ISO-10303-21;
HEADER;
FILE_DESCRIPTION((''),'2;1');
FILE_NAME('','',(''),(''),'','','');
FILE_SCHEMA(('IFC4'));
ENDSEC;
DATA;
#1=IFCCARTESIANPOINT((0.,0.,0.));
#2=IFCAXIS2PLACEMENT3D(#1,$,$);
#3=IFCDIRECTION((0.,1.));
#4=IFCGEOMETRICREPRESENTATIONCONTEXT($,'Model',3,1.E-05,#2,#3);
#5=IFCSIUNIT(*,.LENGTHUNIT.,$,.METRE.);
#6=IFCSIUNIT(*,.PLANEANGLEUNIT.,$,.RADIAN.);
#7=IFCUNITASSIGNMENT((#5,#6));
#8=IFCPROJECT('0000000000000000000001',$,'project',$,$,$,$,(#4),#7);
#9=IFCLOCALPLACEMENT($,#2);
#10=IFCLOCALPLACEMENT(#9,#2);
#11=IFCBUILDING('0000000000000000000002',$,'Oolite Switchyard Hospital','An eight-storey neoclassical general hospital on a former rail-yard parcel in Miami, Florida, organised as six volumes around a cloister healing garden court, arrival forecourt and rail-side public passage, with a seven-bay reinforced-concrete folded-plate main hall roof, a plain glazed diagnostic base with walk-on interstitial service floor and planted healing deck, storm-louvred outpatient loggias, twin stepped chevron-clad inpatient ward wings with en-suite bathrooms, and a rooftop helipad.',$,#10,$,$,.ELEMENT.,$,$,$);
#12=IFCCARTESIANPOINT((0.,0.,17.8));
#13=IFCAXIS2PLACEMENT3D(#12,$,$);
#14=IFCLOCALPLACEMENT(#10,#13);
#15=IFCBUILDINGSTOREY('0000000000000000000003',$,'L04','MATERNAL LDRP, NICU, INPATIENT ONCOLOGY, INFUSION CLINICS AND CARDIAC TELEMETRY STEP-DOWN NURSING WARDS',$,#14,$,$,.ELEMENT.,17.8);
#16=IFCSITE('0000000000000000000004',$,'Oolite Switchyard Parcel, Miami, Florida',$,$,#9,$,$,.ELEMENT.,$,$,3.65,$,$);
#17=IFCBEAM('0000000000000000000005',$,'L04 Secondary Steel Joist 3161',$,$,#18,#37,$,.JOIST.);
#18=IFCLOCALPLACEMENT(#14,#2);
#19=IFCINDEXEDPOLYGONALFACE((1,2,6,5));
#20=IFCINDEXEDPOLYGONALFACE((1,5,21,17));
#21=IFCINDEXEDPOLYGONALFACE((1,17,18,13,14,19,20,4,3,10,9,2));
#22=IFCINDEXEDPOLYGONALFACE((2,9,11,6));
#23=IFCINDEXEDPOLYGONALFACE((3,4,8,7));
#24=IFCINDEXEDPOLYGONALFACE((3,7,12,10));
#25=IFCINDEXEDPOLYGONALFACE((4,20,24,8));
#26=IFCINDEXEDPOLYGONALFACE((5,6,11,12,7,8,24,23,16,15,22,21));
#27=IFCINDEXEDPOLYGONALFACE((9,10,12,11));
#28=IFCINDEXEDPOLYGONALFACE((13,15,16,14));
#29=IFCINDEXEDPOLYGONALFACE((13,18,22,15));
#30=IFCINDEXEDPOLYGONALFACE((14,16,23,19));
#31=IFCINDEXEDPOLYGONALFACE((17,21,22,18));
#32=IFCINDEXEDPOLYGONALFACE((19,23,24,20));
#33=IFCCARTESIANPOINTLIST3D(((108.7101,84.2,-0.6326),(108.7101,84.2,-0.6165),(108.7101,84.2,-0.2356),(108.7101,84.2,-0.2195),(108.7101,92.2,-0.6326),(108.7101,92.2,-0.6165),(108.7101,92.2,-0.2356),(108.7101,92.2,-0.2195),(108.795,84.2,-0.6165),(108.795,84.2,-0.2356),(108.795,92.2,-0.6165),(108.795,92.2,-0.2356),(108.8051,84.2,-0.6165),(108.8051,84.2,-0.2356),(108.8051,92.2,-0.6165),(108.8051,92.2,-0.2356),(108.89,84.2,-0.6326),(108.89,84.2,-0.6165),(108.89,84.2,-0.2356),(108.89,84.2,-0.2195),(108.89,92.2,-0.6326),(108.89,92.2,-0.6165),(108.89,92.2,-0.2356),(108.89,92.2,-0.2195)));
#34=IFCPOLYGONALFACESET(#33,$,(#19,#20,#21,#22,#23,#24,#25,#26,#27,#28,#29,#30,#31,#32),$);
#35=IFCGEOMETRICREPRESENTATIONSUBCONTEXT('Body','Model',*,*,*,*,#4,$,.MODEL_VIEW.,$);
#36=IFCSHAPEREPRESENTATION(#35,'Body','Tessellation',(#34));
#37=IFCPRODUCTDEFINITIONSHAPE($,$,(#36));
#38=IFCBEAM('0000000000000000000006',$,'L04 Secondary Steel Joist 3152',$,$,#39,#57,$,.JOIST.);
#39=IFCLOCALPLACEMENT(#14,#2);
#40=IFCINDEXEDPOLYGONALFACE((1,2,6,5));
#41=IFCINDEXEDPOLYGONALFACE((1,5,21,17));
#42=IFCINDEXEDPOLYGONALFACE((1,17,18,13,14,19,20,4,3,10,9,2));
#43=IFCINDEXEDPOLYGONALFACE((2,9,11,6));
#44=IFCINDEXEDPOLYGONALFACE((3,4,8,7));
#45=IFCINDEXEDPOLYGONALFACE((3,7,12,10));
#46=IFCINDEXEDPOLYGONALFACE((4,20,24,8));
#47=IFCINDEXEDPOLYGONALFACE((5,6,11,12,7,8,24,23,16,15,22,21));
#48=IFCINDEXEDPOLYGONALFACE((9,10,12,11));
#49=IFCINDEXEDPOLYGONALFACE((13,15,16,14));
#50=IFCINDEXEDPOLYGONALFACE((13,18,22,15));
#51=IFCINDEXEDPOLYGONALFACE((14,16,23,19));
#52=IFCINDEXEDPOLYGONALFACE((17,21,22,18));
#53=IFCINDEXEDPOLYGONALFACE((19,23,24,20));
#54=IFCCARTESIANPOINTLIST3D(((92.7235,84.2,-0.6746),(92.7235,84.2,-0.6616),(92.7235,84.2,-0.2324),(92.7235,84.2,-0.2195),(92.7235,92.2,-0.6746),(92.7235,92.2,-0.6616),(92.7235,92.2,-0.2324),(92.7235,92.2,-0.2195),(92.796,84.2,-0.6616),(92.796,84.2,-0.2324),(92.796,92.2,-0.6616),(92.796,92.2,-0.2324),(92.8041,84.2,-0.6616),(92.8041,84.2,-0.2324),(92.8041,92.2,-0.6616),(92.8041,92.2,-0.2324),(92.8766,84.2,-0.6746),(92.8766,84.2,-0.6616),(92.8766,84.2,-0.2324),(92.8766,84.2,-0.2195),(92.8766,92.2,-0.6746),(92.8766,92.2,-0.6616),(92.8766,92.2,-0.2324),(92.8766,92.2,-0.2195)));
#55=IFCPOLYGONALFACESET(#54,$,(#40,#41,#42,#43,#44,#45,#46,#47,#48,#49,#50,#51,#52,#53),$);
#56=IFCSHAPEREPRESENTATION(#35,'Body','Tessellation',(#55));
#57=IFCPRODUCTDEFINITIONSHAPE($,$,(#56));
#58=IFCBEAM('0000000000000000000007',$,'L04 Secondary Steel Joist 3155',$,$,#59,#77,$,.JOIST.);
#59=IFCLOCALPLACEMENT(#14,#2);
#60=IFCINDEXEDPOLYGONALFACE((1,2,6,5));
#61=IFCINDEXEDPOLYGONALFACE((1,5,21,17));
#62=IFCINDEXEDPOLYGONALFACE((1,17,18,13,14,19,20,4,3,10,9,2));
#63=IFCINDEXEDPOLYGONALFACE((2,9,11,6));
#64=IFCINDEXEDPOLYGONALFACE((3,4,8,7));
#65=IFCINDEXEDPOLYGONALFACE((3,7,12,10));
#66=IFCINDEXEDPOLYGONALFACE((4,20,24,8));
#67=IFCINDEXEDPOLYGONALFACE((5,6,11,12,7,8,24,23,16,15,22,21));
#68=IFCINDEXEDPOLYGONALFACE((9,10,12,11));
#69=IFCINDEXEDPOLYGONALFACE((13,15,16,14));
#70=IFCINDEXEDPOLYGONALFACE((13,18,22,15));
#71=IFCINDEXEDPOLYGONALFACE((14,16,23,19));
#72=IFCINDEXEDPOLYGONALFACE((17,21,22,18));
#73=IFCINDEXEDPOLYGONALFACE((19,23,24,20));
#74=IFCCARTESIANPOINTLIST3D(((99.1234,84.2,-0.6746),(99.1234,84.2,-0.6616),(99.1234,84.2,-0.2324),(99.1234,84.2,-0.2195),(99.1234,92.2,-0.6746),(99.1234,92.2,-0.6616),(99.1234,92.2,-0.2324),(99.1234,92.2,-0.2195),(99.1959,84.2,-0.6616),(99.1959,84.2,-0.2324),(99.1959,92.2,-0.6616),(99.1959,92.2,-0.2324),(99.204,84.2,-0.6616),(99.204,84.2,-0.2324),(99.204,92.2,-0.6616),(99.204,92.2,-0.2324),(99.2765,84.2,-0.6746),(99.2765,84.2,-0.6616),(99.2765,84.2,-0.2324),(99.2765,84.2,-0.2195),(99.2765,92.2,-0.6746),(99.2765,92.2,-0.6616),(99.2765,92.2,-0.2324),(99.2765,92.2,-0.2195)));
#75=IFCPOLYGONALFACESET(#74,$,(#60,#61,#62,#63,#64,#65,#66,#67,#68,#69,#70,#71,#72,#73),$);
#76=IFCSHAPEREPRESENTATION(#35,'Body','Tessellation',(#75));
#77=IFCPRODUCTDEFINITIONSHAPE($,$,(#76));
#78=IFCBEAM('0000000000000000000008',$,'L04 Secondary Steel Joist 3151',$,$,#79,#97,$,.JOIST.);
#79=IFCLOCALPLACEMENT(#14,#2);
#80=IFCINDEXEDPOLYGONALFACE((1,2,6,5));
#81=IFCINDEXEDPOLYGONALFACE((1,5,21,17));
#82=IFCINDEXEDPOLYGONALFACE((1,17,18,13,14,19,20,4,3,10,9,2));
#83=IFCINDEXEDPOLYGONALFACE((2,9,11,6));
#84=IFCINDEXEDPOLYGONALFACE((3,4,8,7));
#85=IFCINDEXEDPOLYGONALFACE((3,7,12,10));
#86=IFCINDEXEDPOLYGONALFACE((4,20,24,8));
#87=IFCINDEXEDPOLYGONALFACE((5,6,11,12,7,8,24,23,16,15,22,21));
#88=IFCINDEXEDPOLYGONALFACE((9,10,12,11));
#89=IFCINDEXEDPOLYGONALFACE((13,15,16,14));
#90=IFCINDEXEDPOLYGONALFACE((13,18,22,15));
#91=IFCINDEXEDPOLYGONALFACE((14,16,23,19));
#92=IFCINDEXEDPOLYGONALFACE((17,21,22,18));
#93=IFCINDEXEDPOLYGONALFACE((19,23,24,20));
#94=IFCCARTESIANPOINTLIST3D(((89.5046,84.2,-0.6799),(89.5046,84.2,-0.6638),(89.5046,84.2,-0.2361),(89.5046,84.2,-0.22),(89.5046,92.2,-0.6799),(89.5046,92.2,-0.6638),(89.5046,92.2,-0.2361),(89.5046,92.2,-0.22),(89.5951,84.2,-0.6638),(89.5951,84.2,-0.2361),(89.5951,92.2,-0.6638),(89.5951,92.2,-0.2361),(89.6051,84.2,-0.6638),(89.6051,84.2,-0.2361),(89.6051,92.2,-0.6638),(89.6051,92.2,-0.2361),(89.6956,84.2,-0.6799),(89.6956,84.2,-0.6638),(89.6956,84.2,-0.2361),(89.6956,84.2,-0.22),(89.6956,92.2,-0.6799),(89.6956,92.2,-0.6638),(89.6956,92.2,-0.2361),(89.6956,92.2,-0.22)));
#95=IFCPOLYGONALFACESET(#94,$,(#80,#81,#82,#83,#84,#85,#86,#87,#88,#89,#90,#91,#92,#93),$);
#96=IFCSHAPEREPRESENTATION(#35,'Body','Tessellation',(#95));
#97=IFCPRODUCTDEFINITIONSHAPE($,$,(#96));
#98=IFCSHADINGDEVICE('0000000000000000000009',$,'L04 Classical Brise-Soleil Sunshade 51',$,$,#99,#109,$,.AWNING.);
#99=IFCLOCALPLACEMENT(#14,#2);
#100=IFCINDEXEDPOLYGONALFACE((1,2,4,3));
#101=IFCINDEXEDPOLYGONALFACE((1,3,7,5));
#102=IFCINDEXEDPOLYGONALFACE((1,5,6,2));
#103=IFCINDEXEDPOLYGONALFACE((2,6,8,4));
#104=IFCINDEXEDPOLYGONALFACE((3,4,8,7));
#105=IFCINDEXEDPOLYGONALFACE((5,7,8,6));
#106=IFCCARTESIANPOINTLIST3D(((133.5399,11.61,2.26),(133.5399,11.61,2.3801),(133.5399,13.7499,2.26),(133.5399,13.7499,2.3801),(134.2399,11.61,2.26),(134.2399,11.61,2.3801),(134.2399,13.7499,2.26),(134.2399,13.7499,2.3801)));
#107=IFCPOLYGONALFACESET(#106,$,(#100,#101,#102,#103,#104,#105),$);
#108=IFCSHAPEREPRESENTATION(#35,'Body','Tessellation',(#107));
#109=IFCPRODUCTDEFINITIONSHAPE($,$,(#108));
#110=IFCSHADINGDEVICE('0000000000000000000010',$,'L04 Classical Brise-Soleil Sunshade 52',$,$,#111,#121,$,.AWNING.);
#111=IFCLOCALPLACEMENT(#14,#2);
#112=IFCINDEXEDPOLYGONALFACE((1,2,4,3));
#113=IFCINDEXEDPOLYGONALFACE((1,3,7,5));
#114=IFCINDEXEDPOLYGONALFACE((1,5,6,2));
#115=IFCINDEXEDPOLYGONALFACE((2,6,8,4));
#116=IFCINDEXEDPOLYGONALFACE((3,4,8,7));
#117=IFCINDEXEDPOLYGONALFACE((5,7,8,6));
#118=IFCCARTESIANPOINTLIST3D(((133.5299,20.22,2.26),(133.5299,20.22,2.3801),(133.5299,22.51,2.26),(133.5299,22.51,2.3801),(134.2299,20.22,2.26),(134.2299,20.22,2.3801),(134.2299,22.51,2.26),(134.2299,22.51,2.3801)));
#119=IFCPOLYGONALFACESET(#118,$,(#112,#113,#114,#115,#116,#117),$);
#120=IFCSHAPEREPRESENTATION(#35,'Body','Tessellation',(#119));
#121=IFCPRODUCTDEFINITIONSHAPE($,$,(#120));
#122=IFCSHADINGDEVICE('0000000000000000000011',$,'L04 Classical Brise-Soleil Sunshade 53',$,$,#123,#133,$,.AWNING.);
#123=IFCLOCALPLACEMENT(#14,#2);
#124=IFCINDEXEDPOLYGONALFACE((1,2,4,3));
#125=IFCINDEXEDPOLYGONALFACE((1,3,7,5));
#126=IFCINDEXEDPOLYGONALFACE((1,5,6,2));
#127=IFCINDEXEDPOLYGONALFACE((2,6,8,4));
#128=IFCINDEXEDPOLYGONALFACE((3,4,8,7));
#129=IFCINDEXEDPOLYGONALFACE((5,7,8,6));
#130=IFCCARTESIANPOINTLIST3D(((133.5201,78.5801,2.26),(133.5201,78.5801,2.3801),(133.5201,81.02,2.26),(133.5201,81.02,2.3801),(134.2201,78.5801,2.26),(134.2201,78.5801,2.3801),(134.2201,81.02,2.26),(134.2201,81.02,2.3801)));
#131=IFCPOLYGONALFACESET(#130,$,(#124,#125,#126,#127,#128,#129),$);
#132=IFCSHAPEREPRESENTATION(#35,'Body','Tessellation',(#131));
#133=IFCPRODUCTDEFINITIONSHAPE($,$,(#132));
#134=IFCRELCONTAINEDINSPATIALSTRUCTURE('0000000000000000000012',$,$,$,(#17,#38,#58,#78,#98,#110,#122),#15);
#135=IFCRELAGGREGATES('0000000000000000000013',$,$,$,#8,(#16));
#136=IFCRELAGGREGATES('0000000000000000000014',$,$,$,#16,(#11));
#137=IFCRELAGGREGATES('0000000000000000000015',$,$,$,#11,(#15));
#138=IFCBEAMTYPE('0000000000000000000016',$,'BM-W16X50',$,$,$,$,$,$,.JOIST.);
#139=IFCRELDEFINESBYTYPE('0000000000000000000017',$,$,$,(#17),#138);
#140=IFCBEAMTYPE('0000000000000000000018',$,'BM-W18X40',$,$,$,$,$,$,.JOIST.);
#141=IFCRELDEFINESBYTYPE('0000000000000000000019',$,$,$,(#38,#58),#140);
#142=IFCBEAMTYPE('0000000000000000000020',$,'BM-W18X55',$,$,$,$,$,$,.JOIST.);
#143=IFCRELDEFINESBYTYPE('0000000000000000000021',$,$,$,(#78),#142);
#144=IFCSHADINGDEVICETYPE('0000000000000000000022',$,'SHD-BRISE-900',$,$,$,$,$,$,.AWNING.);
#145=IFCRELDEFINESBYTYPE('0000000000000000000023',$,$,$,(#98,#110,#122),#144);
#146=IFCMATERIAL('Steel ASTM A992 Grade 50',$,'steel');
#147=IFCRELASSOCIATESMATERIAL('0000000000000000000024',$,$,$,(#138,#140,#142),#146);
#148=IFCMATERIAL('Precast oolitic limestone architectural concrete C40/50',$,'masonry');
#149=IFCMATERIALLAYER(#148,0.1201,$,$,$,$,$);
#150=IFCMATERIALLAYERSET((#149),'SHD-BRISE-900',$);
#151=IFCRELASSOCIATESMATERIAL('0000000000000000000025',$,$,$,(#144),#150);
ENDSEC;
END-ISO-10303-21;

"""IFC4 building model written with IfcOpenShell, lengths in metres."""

from ifc_helpers import new_model, si_unit, direction, frame, origin, origin_2d, place, context, subcontext, project, spatial, rectangle, i_section, extrude, material, layer, layer_set, material_profile, profile_set, type_object, element, save


model = new_model("IFC4")

# Units and contexts
model_context = context("Model", 3, precision=1e-05, world=origin(), true_north=direction((0.0, 1.0)))
body_context = subcontext(model_context, "Body", "Model", "MODEL_VIEW")
ifc_project = project(units=[si_unit("LENGTHUNIT", "METRE"), si_unit("PLANEANGLEUNIT", "RADIAN")], contexts=[model_context])

# Site, building, storey
site_placement = place(None, origin())
site = spatial("IfcSite", under=ifc_project, at=site_placement, Name="Oolite Switchyard Parcel, Miami, Florida", CompositionType="ELEMENT", RefElevation=3.65)
building_placement = place(site_placement, origin())
building = spatial("IfcBuilding", under=site, at=building_placement, Name="Oolite Switchyard Hospital", Description="An eight-storey neoclassical general hospital on a former rail-yard parcel in Miami, Florida, organised as six volumes around a cloister healing garden court, arrival forecourt and rail-side public passage, with a seven-bay reinforced-concrete folded-plate main hall roof, a plain glazed diagnostic base with walk-on interstitial service floor and planted healing deck, storm-louvred outpatient loggias, twin stepped chevron-clad inpatient ward wings with en-suite bathrooms, and a rooftop helipad.", CompositionType="ELEMENT")
storey_placement = place(building_placement, frame((0.0, 0.0, 17.8)))
storey = spatial("IfcBuildingStorey", under=building, at=storey_placement, Name="L04", Description="MATERNAL LDRP, NICU, INPATIENT ONCOLOGY, INFUSION CLINICS AND CARDIAC TELEMETRY STEP-DOWN NURSING WARDS", CompositionType="ELEMENT", Elevation=17.8)

# Beams
ifc_material_1 = material(Name="Steel ASTM A992 Grade 50", Category="steel")
ifc_material_profile_1 = material_profile(ifc_material_1, i_section(OverallWidth=0.1799, OverallDepth=0.4131, WebThickness=0.01, FlangeThickness=0.0161, at=origin_2d()), Name="W16X50")
ifc_profile_set_1 = profile_set([ifc_material_profile_1], Name="Steel ASTM A992 Grade 50")
beam_type_1 = type_object("IfcBeamType", Name="BM-W16X50", PredefinedType="JOIST", material=ifc_profile_set_1)
for number, where, z_axis, x_axis, name in (
    (1, (108.8, 84.2, -0.426), (0.0, 1.0, 0.0), (-1.0, 0.0, 0.0), "L04 Secondary Steel Joist 3161"),
):
    element("IfcBeam", number, at=place(storey_placement, frame(where, z_axis=z_axis, x_axis=x_axis)), inside=storey, type_object=beam_type_1, Name=name, PredefinedType="JOIST", context=body_context, shape_type="SweptSolid", body=[
        extrude(i_section(OverallWidth=0.1799, OverallDepth=0.4131, WebThickness=0.01, FlangeThickness=0.0161, at=origin_2d()), origin(), (0.0, 0.0, 1.0), 8.0),
    ])
ifc_material_profile_2 = material_profile(ifc_material_1, i_section(OverallWidth=0.1531, OverallDepth=0.4551, WebThickness=0.0081, FlangeThickness=0.0129, at=origin_2d()), Name="W18X40")
ifc_profile_set_2 = profile_set([ifc_material_profile_2], Name="Steel ASTM A992 Grade 50")
beam_type_2 = type_object("IfcBeamType", Name="BM-W18X40", PredefinedType="JOIST", material=ifc_profile_set_2)
for number, where, z_axis, x_axis, name in (
    (2, (92.8, 84.2, -0.447), (0.0, 1.0, 0.0), (-1.0, 0.0, 0.0), "L04 Secondary Steel Joist 3152"),
    (3, (99.2, 84.2, -0.447), (0.0, 1.0, 0.0), (-1.0, 0.0, 0.0), "L04 Secondary Steel Joist 3155"),
):
    element("IfcBeam", number, at=place(storey_placement, frame(where, z_axis=z_axis, x_axis=x_axis)), inside=storey, type_object=beam_type_2, Name=name, PredefinedType="JOIST", context=body_context, shape_type="SweptSolid", body=[
        extrude(i_section(OverallWidth=0.1531, OverallDepth=0.4551, WebThickness=0.0081, FlangeThickness=0.0129, at=origin_2d()), origin(), (0.0, 0.0, 1.0), 8.0),
    ])
ifc_material_profile_3 = material_profile(ifc_material_1, i_section(OverallWidth=0.1909, OverallDepth=0.46, WebThickness=0.01, FlangeThickness=0.0161, at=origin_2d()), Name="W18X55")
ifc_profile_set_3 = profile_set([ifc_material_profile_3], Name="Steel ASTM A992 Grade 50")
beam_type_3 = type_object("IfcBeamType", Name="BM-W18X55", PredefinedType="JOIST", material=ifc_profile_set_3)
beam_1_placement = place(storey_placement, frame((89.6001, 84.2, -0.45), z_axis=(0.0, 1.0, 0.0), x_axis=(-1.0, 0.0, 0.0)))
element("IfcBeam", 4, at=beam_1_placement, inside=storey, type_object=beam_type_3, Name="L04 Secondary Steel Joist 3151", PredefinedType="JOIST", context=body_context, shape_type="SweptSolid", body=[
    extrude(i_section(OverallWidth=0.1909, OverallDepth=0.46, WebThickness=0.01, FlangeThickness=0.0161, at=origin_2d()), origin(), (0.0, 0.0, 1.0), 8.0),
])

# Shading devices
ifc_material_2 = material(Name="Precast oolitic limestone architectural concrete C40/50", Category="masonry")
ifc_layer = layer(ifc_material_2, 0.1201)
ifc_layer_set = layer_set([ifc_layer], Name="SHD-BRISE-900")
shading_device_type = type_object("IfcShadingDeviceType", Name="SHD-BRISE-900", PredefinedType="AWNING", material=ifc_layer_set)
shading_device_1_placement = place(storey_placement, frame((133.8899, 12.6799, 2.26), z_axis=(0.0, 0.0, 1.0), x_axis=(0.0, 1.0, 0.0)))
element("IfcShadingDevice", 5, at=shading_device_1_placement, inside=storey, type_object=shading_device_type, Name="L04 Classical Brise-Soleil Sunshade 51", PredefinedType="AWNING", context=body_context, shape_type="SweptSolid", body=[
    extrude(rectangle(XDim=2.1399, YDim=0.7, at=origin_2d()), origin(), (0.0, 0.0, 1.0), 0.1201),
])
shading_device_2_placement = place(storey_placement, frame((133.8799, 21.365, 2.26), z_axis=(0.0, 0.0, 1.0), x_axis=(0.0, 1.0, 0.0)))
element("IfcShadingDevice", 6, at=shading_device_2_placement, inside=storey, type_object=shading_device_type, Name="L04 Classical Brise-Soleil Sunshade 52", PredefinedType="AWNING", context=body_context, shape_type="SweptSolid", body=[
    extrude(rectangle(XDim=2.29, YDim=0.7, at=origin_2d()), origin(), (0.0, 0.0, 1.0), 0.1201),
])
shading_device_3_placement = place(storey_placement, frame((133.8701, 79.8, 2.26), z_axis=(0.0, 0.0, 1.0), x_axis=(0.0, 1.0, 0.0)))
element("IfcShadingDevice", 7, at=shading_device_3_placement, inside=storey, type_object=shading_device_type, Name="L04 Classical Brise-Soleil Sunshade 53", PredefinedType="AWNING", context=body_context, shape_type="SweptSolid", body=[
    extrude(rectangle(XDim=2.4399, YDim=0.7, at=origin_2d()), origin(), (0.0, 0.0, 1.0), 0.1201),
])

save(model, "model.ifc")
